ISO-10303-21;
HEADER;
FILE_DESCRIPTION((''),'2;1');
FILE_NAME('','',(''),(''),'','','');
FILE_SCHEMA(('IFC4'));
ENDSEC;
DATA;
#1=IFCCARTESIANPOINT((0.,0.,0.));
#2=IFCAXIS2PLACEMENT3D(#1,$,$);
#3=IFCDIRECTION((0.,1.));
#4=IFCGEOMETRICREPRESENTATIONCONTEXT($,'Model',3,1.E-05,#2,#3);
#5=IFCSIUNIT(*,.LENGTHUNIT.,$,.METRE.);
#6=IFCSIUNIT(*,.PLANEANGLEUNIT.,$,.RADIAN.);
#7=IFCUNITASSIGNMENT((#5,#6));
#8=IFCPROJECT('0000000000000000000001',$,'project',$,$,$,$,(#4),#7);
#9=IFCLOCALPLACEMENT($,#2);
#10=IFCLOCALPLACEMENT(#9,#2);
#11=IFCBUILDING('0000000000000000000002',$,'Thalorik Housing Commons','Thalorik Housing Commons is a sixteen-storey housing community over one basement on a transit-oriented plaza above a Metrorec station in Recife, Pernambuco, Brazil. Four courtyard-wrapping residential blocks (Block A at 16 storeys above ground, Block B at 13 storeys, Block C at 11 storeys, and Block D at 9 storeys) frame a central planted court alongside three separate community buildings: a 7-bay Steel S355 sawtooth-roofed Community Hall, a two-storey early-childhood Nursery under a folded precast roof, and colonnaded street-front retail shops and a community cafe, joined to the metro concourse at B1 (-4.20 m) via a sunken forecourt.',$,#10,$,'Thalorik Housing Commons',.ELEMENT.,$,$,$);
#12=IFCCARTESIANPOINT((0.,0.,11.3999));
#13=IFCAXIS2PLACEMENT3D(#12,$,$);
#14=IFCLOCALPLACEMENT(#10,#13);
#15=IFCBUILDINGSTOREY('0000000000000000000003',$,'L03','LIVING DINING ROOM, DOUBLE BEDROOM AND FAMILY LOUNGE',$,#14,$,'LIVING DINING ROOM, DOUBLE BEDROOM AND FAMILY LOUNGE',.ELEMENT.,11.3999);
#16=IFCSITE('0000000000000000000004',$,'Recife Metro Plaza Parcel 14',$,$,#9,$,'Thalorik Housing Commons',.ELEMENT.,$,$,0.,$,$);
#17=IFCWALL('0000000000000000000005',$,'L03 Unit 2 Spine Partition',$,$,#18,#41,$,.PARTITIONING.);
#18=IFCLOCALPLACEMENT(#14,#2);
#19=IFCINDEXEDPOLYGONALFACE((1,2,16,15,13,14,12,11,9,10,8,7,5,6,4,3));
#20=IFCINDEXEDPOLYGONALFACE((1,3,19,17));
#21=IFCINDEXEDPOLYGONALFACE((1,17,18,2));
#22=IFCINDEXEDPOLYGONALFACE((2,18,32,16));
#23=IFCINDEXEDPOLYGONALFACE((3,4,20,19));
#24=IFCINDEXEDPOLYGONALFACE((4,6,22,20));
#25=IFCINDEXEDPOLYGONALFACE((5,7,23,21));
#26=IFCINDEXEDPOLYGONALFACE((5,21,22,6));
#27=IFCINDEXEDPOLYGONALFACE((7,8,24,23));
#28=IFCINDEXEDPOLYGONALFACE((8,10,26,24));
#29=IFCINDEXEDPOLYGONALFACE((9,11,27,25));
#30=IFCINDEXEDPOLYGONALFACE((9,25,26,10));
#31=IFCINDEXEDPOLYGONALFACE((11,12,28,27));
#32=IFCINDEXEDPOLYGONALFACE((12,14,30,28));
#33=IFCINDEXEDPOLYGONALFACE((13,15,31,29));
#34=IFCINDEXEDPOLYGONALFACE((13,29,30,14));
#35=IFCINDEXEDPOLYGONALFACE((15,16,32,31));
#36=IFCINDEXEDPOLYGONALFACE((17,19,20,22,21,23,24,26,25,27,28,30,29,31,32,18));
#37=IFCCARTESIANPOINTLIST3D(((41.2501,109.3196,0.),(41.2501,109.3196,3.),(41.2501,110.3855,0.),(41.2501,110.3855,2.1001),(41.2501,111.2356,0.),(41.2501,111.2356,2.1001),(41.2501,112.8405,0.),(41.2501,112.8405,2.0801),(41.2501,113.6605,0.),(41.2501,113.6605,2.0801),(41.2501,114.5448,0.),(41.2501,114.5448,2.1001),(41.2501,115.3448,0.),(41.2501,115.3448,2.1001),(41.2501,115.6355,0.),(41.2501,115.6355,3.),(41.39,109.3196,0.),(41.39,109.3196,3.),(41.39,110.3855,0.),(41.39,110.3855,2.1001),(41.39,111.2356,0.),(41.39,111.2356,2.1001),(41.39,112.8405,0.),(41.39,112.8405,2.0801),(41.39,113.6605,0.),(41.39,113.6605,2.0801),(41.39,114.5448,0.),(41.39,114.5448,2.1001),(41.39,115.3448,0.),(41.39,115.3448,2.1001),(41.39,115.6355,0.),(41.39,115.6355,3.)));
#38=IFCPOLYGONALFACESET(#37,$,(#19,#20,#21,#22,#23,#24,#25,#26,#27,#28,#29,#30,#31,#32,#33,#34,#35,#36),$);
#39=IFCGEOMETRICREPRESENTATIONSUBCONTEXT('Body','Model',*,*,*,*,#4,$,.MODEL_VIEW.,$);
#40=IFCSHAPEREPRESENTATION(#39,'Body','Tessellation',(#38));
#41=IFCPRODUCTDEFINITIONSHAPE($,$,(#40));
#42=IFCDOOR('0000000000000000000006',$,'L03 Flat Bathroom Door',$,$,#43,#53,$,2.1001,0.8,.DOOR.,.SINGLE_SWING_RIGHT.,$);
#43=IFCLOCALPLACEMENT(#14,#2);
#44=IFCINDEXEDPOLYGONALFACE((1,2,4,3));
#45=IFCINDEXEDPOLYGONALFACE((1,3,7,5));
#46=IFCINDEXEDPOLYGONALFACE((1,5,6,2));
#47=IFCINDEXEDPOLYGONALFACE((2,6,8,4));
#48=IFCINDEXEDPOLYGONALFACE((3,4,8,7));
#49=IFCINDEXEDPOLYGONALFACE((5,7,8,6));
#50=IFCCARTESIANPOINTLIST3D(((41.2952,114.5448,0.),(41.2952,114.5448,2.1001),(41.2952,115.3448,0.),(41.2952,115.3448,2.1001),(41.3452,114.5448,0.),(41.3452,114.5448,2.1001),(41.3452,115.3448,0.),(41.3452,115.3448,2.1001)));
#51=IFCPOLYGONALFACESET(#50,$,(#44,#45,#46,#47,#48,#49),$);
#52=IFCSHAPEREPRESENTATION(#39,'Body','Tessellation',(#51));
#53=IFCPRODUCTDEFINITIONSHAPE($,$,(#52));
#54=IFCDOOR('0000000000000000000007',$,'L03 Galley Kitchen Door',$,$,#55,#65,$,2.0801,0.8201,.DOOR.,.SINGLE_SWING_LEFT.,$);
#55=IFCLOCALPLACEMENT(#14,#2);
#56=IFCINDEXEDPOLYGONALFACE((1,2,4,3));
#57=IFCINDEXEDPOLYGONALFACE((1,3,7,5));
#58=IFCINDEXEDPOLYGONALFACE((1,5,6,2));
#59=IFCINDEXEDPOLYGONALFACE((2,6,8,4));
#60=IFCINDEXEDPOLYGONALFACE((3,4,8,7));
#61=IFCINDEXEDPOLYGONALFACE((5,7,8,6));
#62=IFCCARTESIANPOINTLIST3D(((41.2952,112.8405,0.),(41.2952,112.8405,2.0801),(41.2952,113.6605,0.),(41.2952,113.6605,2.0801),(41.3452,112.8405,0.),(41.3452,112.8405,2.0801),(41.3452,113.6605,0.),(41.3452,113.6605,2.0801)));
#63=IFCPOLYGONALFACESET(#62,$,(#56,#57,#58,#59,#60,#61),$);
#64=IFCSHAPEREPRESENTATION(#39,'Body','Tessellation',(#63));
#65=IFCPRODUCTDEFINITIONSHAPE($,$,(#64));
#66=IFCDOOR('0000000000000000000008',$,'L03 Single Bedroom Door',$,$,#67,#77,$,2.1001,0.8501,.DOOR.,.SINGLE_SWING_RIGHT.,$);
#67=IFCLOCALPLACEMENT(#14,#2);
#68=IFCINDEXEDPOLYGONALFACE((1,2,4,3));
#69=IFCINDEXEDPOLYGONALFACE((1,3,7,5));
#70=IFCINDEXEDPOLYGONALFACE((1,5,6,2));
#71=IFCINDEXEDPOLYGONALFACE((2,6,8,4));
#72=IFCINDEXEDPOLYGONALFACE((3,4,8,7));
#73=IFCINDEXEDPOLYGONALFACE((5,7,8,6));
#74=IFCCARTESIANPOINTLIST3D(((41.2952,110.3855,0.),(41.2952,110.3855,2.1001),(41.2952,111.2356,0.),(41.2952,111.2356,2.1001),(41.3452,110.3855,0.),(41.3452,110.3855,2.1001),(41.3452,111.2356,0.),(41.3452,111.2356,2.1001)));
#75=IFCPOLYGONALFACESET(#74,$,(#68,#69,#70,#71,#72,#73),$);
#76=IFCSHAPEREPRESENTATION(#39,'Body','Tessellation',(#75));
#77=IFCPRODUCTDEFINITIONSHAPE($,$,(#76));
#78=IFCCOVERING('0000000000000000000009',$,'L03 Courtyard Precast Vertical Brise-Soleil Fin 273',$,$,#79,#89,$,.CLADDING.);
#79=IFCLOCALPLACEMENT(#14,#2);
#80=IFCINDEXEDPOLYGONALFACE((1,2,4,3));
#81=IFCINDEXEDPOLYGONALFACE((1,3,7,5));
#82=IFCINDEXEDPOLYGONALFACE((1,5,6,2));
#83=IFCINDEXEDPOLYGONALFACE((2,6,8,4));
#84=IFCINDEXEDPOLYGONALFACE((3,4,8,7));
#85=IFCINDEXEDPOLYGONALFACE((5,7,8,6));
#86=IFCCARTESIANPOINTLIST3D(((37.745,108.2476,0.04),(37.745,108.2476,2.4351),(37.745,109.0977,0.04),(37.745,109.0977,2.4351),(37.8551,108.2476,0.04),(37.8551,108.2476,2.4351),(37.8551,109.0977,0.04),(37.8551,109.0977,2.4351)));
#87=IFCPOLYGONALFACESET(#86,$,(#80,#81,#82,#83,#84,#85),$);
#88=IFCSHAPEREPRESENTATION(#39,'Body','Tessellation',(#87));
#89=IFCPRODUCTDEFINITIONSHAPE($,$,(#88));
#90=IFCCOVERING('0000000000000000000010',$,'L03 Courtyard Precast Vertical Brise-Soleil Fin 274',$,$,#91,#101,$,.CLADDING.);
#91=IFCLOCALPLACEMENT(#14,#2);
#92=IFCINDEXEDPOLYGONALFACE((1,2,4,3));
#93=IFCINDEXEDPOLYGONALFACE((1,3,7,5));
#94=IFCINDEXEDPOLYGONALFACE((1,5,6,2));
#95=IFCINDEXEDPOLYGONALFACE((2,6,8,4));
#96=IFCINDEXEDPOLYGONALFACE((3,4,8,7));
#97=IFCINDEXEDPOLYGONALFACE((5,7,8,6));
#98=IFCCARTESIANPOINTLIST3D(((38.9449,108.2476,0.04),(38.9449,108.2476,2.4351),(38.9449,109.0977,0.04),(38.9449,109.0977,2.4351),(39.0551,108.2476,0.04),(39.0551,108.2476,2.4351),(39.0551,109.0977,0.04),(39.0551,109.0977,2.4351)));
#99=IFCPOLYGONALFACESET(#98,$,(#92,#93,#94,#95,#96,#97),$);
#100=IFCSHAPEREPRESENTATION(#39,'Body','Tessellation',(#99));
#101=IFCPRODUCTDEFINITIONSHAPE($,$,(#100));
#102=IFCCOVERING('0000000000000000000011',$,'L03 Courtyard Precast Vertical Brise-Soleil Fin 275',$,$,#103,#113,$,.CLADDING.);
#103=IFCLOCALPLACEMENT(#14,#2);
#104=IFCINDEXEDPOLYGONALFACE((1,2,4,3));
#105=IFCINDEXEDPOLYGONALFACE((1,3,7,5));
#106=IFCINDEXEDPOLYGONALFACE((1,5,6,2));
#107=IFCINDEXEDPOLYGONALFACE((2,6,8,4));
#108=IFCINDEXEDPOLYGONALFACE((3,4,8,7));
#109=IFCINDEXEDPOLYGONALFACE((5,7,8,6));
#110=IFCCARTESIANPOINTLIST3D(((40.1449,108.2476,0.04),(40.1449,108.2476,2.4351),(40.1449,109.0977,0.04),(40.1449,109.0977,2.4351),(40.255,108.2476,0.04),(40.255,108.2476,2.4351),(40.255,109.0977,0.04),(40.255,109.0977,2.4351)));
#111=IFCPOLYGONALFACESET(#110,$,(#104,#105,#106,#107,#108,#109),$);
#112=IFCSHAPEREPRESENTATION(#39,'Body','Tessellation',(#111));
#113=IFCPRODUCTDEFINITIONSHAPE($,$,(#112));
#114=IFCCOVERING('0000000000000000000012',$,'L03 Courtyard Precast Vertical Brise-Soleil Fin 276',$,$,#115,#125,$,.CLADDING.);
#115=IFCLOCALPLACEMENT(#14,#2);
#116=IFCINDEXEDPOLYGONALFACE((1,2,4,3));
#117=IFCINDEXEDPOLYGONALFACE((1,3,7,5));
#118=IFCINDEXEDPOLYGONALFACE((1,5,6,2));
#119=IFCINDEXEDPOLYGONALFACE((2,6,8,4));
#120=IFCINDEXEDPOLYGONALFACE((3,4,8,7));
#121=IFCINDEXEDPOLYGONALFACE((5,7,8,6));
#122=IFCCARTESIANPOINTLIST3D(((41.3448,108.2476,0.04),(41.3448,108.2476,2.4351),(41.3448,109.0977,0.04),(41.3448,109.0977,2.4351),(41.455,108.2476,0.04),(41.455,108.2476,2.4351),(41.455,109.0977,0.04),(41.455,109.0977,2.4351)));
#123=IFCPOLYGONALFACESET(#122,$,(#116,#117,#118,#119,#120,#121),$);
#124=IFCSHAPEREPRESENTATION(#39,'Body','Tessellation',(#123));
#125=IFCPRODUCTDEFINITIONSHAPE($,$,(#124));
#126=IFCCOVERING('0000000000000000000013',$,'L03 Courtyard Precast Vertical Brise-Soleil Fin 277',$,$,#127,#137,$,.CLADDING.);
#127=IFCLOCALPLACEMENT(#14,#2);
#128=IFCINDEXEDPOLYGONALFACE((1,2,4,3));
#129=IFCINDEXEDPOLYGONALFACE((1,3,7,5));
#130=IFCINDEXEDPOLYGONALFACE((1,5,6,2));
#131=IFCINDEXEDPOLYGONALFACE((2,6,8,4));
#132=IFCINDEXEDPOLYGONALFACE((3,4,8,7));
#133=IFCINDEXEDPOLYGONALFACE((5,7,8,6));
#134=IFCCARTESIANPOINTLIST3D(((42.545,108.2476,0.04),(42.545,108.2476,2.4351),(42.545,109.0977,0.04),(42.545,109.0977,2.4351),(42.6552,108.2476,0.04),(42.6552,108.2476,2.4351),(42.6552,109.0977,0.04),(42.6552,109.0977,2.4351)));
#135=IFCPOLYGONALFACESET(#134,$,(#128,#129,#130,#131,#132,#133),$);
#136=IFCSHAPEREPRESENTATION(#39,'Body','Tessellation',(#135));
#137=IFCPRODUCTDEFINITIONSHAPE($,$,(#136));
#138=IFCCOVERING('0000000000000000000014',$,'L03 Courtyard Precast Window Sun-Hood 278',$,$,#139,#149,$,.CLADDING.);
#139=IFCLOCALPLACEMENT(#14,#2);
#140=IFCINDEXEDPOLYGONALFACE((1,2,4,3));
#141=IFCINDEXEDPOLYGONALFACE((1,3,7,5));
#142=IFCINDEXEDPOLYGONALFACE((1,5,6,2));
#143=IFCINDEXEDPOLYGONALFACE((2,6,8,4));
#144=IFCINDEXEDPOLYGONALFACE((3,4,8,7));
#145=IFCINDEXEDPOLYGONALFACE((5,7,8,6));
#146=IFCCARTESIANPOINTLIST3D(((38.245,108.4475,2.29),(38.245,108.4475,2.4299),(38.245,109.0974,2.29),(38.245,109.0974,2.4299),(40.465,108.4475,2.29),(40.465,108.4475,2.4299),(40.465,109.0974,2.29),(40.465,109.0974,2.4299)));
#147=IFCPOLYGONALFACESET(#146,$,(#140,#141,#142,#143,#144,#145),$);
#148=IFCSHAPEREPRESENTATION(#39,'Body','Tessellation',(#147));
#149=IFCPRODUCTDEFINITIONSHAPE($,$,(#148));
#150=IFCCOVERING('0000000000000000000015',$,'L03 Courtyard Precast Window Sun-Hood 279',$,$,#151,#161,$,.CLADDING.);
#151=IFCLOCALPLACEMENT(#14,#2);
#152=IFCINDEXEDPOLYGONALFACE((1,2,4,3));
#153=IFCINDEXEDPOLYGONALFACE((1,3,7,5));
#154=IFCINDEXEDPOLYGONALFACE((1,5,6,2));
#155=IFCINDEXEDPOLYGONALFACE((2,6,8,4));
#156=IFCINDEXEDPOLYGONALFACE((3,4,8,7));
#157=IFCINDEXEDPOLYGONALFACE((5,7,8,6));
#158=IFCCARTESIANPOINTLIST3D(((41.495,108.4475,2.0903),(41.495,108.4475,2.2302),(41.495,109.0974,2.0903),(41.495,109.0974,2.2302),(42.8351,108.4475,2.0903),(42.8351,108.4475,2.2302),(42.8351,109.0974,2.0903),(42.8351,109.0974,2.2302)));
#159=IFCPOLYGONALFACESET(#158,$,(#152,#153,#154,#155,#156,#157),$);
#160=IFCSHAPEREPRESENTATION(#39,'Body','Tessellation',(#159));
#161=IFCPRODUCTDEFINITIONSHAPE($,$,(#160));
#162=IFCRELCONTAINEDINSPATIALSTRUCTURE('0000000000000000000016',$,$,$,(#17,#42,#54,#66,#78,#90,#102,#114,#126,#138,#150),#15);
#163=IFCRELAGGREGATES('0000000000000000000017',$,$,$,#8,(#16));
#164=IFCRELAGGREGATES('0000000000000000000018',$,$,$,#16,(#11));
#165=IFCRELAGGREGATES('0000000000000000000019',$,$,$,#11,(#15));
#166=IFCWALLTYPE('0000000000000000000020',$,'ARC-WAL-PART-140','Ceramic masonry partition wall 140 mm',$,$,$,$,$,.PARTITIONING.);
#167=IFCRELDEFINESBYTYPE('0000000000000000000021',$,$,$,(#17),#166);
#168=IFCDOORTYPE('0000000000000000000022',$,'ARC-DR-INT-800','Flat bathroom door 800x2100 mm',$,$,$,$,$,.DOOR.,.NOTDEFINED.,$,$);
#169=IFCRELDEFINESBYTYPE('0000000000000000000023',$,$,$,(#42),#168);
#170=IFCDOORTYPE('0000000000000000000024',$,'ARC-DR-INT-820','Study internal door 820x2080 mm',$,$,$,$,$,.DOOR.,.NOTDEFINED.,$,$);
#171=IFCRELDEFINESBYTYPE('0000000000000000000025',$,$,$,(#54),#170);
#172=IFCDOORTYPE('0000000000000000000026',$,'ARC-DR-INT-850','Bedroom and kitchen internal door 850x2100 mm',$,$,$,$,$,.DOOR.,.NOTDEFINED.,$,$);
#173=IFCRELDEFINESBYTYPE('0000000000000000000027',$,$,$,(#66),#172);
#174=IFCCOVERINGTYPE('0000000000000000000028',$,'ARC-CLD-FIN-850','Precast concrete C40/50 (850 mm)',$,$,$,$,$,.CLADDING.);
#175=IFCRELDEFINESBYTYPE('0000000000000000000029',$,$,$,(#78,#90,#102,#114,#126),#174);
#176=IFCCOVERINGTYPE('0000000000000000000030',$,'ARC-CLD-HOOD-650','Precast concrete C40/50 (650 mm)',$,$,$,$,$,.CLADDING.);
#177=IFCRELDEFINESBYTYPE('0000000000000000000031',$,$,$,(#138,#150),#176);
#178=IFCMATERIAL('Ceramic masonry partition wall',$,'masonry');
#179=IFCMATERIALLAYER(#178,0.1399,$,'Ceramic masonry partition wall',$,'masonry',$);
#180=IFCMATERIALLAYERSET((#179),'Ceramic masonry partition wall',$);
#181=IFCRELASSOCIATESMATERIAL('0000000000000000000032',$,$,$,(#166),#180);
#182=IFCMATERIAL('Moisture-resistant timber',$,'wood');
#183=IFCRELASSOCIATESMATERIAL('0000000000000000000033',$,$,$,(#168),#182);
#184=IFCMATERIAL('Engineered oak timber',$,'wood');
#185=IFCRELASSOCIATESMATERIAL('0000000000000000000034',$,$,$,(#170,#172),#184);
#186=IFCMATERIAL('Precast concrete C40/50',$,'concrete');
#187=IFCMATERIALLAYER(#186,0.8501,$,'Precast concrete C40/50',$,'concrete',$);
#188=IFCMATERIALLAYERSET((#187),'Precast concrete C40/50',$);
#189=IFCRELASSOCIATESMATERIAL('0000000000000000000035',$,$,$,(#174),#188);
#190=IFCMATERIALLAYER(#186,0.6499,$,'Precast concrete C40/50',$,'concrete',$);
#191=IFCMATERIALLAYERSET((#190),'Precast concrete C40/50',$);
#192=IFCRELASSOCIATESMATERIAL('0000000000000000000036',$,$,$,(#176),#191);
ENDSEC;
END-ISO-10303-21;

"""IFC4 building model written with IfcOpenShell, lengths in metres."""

from ifc_helpers import new_model, si_unit, direction, frame, frame_2d, origin, origin_2d, place, context, subcontext, project, spatial, rectangle, extrude, material, layer, layer_set, type_object, element, fill, save


model = new_model("IFC4")

# Units and contexts
model_context = context("Model", 3, precision=1e-05, world=origin(), true_north=direction((0.0, 1.0)))
body_context = subcontext(model_context, "Body", "Model", "MODEL_VIEW")
ifc_project = project(units=[si_unit("LENGTHUNIT", "METRE"), si_unit("PLANEANGLEUNIT", "RADIAN")], contexts=[model_context])

# Site, building, storey
site_placement = place(None, origin())
site = spatial("IfcSite", under=ifc_project, at=site_placement, Name="Recife Metro Plaza Parcel 14", LongName="Thalorik Housing Commons", CompositionType="ELEMENT", RefElevation=0.0)
building_placement = place(site_placement, origin())
building = spatial("IfcBuilding", under=site, at=building_placement, Name="Thalorik Housing Commons", Description="Thalorik Housing Commons is a sixteen-storey housing community over one basement on a transit-oriented plaza above a Metrorec station in Recife, Pernambuco, Brazil. Four courtyard-wrapping residential blocks (Block A at 16 storeys above ground, Block B at 13 storeys, Block C at 11 storeys, and Block D at 9 storeys) frame a central planted court alongside three separate community buildings: a 7-bay Steel S355 sawtooth-roofed Community Hall, a two-storey early-childhood Nursery under a folded precast roof, and colonnaded street-front retail shops and a community cafe, joined to the metro concourse at B1 (-4.20 m) via a sunken forecourt.", LongName="Thalorik Housing Commons", CompositionType="ELEMENT")
storey_placement = place(building_placement, frame((0.0, 0.0, 11.3999)))
storey = spatial("IfcBuildingStorey", under=building, at=storey_placement, Name="L03", Description="LIVING DINING ROOM, DOUBLE BEDROOM AND FAMILY LOUNGE", LongName="LIVING DINING ROOM, DOUBLE BEDROOM AND FAMILY LOUNGE", CompositionType="ELEMENT", Elevation=11.3999)

# Shared definitions
ifc_material_1 = material(Name="Precast concrete C40/50", Category="concrete")

# Wall, openings, doors
ifc_material_2 = material(Name="Ceramic masonry partition wall", Category="masonry")
ifc_layer_1 = layer(ifc_material_2, 0.1399, Name="Ceramic masonry partition wall", Category="masonry")
ifc_layer_set_1 = layer_set([ifc_layer_1], Name="Ceramic masonry partition wall")
wall_type_1 = type_object("IfcWallType", Name="ARC-WAL-PART-140", Description="Ceramic masonry partition wall 140 mm", PredefinedType="PARTITIONING", material=ifc_layer_set_1)
wall_1_placement = place(storey_placement, frame((41.3201, 109.3196, 0.0), z_axis=(0.0, 0.0, 1.0), x_axis=(0.0, 1.0, 0.0)))
wall_1 = element("IfcWall", 1, at=wall_1_placement, inside=storey, type_object=wall_type_1, Name="L03 Unit 2 Spine Partition", PredefinedType="PARTITIONING", context=body_context, shape_type="SweptSolid", body=[
    extrude(rectangle(XDim=6.3159, YDim=0.1399, at=frame_2d((3.158, 0.0))), origin(), (0.0, 0.0, 1.0), 3.0),
])
opening_1_placement = place(wall_1_placement, frame((1.0659, 0.0, 0.0)))
opening_1 = element("IfcOpeningElement", 2, at=opening_1_placement, cuts=wall_1, PredefinedType="OPENING", context=body_context, shape_type="SweptSolid", body=[
    extrude(rectangle(XDim=0.8501, YDim=2.1001, at=frame_2d((0.425, 1.05))), frame((0.0, 0.0801, 0.0), z_axis=(0.0, -1.0, 0.0), x_axis=(1.0, 0.0, 0.0)), (0.0, 0.0, 1.0), 0.1599),
])
opening_2_placement = place(wall_1_placement, frame((3.5208, 0.0, 0.0)))
opening_2 = element("IfcOpeningElement", 3, at=opening_2_placement, cuts=wall_1, PredefinedType="OPENING", context=body_context, shape_type="SweptSolid", body=[
    extrude(rectangle(XDim=0.8201, YDim=2.0801, at=frame_2d((0.4102, 1.04))), frame((0.0, 0.0801, 0.0), z_axis=(0.0, -1.0, 0.0), x_axis=(1.0, 0.0, 0.0)), (0.0, 0.0, 1.0), 0.1599),
])
opening_3_placement = place(wall_1_placement, frame((5.2253, 0.0, 0.0)))
opening_3 = element("IfcOpeningElement", 4, at=opening_3_placement, cuts=wall_1, PredefinedType="OPENING", context=body_context, shape_type="SweptSolid", body=[
    extrude(rectangle(XDim=0.8, YDim=2.1001, at=frame_2d((0.3999, 1.05))), frame((0.0, 0.0801, 0.0), z_axis=(0.0, -1.0, 0.0), x_axis=(1.0, 0.0, 0.0)), (0.0, 0.0, 1.0), 0.1599),
])
ifc_material_3 = material(Name="Moisture-resistant timber", Category="wood")
door_type_1 = type_object("IfcDoorType", Name="ARC-DR-INT-800", Description="Flat bathroom door 800x2100 mm", OperationType="NOTDEFINED", PredefinedType="DOOR", material=ifc_material_3)
door_1_placement = place(opening_3_placement, origin())
door_1 = element("IfcDoor", 5, at=door_1_placement, inside=storey, type_object=door_type_1, Name="L03 Flat Bathroom Door", OperationType="SINGLE_SWING_RIGHT", OverallHeight=2.1001, OverallWidth=0.8, PredefinedType="DOOR", context=body_context, shape_type="SweptSolid", body=[
    extrude(rectangle(XDim=0.8, YDim=2.1001, at=frame_2d((0.3999, 1.05))), frame((0.0, 0.0249, 0.0), z_axis=(0.0, -1.0, 0.0), x_axis=(1.0, 0.0, 0.0)), (0.0, 0.0, 1.0), 0.05),
])
fill(opening_3, door_1)
ifc_material_4 = material(Name="Engineered oak timber", Category="wood")
door_type_2 = type_object("IfcDoorType", Name="ARC-DR-INT-820", Description="Study internal door 820x2080 mm", OperationType="NOTDEFINED", PredefinedType="DOOR", material=ifc_material_4)
door_2_placement = place(opening_2_placement, origin())
door_2 = element("IfcDoor", 6, at=door_2_placement, inside=storey, type_object=door_type_2, Name="L03 Galley Kitchen Door", OperationType="SINGLE_SWING_LEFT", OverallHeight=2.0801, OverallWidth=0.8201, PredefinedType="DOOR", context=body_context, shape_type="SweptSolid", body=[
    extrude(rectangle(XDim=0.8201, YDim=2.0801, at=frame_2d((0.4102, 1.04))), frame((0.0, 0.0249, 0.0), z_axis=(0.0, -1.0, 0.0), x_axis=(1.0, 0.0, 0.0)), (0.0, 0.0, 1.0), 0.05),
])
fill(opening_2, door_2)
door_type_3 = type_object("IfcDoorType", Name="ARC-DR-INT-850", Description="Bedroom and kitchen internal door 850x2100 mm", OperationType="NOTDEFINED", PredefinedType="DOOR", material=ifc_material_4)
door_3_placement = place(opening_1_placement, origin())
door_3 = element("IfcDoor", 7, at=door_3_placement, inside=storey, type_object=door_type_3, Name="L03 Single Bedroom Door", OperationType="SINGLE_SWING_RIGHT", OverallHeight=2.1001, OverallWidth=0.8501, PredefinedType="DOOR", context=body_context, shape_type="SweptSolid", body=[
    extrude(rectangle(XDim=0.8501, YDim=2.1001, at=frame_2d((0.425, 1.05))), frame((0.0, 0.0249, 0.0), z_axis=(0.0, -1.0, 0.0), x_axis=(1.0, 0.0, 0.0)), (0.0, 0.0, 1.0), 0.05),
])
fill(opening_1, door_3)

# Coverings
ifc_layer_2 = layer(ifc_material_1, 0.8501, Name="Precast concrete C40/50", Category="concrete")
ifc_layer_set_2 = layer_set([ifc_layer_2], Name="Precast concrete C40/50")
covering_type_1 = type_object("IfcCoveringType", Name="ARC-CLD-FIN-850", Description="Precast concrete C40/50 (850 mm)", PredefinedType="CLADDING", material=ifc_layer_set_2)
for number, where, z_axis, x_axis, name in (
    (8, (37.8, 108.6726, 0.04), (0.0, 0.0, 1.0), (1.0, 0.0, 0.0), "L03 Courtyard Precast Vertical Brise-Soleil Fin 273"),
    (9, (39.0, 108.6726, 0.04), (0.0, 0.0, 1.0), (1.0, 0.0, 0.0), "L03 Courtyard Precast Vertical Brise-Soleil Fin 274"),
    (10, (40.2, 108.6726, 0.04), (0.0, 0.0, 1.0), (1.0, 0.0, 0.0), "L03 Courtyard Precast Vertical Brise-Soleil Fin 275"),
    (11, (41.3999, 108.6726, 0.04), (0.0, 0.0, 1.0), (1.0, 0.0, 0.0), "L03 Courtyard Precast Vertical Brise-Soleil Fin 276"),
    (12, (42.6001, 108.6726, 0.04), (0.0, 0.0, 1.0), (1.0, 0.0, 0.0), "L03 Courtyard Precast Vertical Brise-Soleil Fin 277"),
):
    element("IfcCovering", number, at=place(storey_placement, frame(where, z_axis=z_axis, x_axis=x_axis)), inside=storey, type_object=covering_type_1, Name=name, PredefinedType="CLADDING", context=body_context, shape_type="SweptSolid", body=[
        extrude(rectangle(XDim=0.1101, YDim=0.8501, at=origin_2d()), origin(), (0.0, 0.0, 1.0), 2.395),
    ])
ifc_layer_3 = layer(ifc_material_1, 0.6499, Name="Precast concrete C40/50", Category="concrete")
ifc_layer_set_3 = layer_set([ifc_layer_3], Name="Precast concrete C40/50")
covering_type_2 = type_object("IfcCoveringType", Name="ARC-CLD-HOOD-650", Description="Precast concrete C40/50 (650 mm)", PredefinedType="CLADDING", material=ifc_layer_set_3)
covering_1_placement = place(storey_placement, frame((39.355, 108.7725, 2.29), z_axis=(0.0, 0.0, 1.0), x_axis=(1.0, 0.0, 0.0)))
element("IfcCovering", 13, at=covering_1_placement, inside=storey, type_object=covering_type_2, Name="L03 Courtyard Precast Window Sun-Hood 278", PredefinedType="CLADDING", context=body_context, shape_type="SweptSolid", body=[
    extrude(rectangle(XDim=2.22, YDim=0.6499, at=origin_2d()), origin(), (0.0, 0.0, 1.0), 0.1399),
])
covering_2_placement = place(storey_placement, frame((42.165, 108.7725, 2.0903), z_axis=(0.0, 0.0, 1.0), x_axis=(1.0, 0.0, 0.0)))
element("IfcCovering", 14, at=covering_2_placement, inside=storey, type_object=covering_type_2, Name="L03 Courtyard Precast Window Sun-Hood 279", PredefinedType="CLADDING", context=body_context, shape_type="SweptSolid", body=[
    extrude(rectangle(XDim=1.3401, YDim=0.6499, at=origin_2d()), origin(), (0.0, 0.0, 1.0), 0.1399),
])

save(model, "model.ifc")
